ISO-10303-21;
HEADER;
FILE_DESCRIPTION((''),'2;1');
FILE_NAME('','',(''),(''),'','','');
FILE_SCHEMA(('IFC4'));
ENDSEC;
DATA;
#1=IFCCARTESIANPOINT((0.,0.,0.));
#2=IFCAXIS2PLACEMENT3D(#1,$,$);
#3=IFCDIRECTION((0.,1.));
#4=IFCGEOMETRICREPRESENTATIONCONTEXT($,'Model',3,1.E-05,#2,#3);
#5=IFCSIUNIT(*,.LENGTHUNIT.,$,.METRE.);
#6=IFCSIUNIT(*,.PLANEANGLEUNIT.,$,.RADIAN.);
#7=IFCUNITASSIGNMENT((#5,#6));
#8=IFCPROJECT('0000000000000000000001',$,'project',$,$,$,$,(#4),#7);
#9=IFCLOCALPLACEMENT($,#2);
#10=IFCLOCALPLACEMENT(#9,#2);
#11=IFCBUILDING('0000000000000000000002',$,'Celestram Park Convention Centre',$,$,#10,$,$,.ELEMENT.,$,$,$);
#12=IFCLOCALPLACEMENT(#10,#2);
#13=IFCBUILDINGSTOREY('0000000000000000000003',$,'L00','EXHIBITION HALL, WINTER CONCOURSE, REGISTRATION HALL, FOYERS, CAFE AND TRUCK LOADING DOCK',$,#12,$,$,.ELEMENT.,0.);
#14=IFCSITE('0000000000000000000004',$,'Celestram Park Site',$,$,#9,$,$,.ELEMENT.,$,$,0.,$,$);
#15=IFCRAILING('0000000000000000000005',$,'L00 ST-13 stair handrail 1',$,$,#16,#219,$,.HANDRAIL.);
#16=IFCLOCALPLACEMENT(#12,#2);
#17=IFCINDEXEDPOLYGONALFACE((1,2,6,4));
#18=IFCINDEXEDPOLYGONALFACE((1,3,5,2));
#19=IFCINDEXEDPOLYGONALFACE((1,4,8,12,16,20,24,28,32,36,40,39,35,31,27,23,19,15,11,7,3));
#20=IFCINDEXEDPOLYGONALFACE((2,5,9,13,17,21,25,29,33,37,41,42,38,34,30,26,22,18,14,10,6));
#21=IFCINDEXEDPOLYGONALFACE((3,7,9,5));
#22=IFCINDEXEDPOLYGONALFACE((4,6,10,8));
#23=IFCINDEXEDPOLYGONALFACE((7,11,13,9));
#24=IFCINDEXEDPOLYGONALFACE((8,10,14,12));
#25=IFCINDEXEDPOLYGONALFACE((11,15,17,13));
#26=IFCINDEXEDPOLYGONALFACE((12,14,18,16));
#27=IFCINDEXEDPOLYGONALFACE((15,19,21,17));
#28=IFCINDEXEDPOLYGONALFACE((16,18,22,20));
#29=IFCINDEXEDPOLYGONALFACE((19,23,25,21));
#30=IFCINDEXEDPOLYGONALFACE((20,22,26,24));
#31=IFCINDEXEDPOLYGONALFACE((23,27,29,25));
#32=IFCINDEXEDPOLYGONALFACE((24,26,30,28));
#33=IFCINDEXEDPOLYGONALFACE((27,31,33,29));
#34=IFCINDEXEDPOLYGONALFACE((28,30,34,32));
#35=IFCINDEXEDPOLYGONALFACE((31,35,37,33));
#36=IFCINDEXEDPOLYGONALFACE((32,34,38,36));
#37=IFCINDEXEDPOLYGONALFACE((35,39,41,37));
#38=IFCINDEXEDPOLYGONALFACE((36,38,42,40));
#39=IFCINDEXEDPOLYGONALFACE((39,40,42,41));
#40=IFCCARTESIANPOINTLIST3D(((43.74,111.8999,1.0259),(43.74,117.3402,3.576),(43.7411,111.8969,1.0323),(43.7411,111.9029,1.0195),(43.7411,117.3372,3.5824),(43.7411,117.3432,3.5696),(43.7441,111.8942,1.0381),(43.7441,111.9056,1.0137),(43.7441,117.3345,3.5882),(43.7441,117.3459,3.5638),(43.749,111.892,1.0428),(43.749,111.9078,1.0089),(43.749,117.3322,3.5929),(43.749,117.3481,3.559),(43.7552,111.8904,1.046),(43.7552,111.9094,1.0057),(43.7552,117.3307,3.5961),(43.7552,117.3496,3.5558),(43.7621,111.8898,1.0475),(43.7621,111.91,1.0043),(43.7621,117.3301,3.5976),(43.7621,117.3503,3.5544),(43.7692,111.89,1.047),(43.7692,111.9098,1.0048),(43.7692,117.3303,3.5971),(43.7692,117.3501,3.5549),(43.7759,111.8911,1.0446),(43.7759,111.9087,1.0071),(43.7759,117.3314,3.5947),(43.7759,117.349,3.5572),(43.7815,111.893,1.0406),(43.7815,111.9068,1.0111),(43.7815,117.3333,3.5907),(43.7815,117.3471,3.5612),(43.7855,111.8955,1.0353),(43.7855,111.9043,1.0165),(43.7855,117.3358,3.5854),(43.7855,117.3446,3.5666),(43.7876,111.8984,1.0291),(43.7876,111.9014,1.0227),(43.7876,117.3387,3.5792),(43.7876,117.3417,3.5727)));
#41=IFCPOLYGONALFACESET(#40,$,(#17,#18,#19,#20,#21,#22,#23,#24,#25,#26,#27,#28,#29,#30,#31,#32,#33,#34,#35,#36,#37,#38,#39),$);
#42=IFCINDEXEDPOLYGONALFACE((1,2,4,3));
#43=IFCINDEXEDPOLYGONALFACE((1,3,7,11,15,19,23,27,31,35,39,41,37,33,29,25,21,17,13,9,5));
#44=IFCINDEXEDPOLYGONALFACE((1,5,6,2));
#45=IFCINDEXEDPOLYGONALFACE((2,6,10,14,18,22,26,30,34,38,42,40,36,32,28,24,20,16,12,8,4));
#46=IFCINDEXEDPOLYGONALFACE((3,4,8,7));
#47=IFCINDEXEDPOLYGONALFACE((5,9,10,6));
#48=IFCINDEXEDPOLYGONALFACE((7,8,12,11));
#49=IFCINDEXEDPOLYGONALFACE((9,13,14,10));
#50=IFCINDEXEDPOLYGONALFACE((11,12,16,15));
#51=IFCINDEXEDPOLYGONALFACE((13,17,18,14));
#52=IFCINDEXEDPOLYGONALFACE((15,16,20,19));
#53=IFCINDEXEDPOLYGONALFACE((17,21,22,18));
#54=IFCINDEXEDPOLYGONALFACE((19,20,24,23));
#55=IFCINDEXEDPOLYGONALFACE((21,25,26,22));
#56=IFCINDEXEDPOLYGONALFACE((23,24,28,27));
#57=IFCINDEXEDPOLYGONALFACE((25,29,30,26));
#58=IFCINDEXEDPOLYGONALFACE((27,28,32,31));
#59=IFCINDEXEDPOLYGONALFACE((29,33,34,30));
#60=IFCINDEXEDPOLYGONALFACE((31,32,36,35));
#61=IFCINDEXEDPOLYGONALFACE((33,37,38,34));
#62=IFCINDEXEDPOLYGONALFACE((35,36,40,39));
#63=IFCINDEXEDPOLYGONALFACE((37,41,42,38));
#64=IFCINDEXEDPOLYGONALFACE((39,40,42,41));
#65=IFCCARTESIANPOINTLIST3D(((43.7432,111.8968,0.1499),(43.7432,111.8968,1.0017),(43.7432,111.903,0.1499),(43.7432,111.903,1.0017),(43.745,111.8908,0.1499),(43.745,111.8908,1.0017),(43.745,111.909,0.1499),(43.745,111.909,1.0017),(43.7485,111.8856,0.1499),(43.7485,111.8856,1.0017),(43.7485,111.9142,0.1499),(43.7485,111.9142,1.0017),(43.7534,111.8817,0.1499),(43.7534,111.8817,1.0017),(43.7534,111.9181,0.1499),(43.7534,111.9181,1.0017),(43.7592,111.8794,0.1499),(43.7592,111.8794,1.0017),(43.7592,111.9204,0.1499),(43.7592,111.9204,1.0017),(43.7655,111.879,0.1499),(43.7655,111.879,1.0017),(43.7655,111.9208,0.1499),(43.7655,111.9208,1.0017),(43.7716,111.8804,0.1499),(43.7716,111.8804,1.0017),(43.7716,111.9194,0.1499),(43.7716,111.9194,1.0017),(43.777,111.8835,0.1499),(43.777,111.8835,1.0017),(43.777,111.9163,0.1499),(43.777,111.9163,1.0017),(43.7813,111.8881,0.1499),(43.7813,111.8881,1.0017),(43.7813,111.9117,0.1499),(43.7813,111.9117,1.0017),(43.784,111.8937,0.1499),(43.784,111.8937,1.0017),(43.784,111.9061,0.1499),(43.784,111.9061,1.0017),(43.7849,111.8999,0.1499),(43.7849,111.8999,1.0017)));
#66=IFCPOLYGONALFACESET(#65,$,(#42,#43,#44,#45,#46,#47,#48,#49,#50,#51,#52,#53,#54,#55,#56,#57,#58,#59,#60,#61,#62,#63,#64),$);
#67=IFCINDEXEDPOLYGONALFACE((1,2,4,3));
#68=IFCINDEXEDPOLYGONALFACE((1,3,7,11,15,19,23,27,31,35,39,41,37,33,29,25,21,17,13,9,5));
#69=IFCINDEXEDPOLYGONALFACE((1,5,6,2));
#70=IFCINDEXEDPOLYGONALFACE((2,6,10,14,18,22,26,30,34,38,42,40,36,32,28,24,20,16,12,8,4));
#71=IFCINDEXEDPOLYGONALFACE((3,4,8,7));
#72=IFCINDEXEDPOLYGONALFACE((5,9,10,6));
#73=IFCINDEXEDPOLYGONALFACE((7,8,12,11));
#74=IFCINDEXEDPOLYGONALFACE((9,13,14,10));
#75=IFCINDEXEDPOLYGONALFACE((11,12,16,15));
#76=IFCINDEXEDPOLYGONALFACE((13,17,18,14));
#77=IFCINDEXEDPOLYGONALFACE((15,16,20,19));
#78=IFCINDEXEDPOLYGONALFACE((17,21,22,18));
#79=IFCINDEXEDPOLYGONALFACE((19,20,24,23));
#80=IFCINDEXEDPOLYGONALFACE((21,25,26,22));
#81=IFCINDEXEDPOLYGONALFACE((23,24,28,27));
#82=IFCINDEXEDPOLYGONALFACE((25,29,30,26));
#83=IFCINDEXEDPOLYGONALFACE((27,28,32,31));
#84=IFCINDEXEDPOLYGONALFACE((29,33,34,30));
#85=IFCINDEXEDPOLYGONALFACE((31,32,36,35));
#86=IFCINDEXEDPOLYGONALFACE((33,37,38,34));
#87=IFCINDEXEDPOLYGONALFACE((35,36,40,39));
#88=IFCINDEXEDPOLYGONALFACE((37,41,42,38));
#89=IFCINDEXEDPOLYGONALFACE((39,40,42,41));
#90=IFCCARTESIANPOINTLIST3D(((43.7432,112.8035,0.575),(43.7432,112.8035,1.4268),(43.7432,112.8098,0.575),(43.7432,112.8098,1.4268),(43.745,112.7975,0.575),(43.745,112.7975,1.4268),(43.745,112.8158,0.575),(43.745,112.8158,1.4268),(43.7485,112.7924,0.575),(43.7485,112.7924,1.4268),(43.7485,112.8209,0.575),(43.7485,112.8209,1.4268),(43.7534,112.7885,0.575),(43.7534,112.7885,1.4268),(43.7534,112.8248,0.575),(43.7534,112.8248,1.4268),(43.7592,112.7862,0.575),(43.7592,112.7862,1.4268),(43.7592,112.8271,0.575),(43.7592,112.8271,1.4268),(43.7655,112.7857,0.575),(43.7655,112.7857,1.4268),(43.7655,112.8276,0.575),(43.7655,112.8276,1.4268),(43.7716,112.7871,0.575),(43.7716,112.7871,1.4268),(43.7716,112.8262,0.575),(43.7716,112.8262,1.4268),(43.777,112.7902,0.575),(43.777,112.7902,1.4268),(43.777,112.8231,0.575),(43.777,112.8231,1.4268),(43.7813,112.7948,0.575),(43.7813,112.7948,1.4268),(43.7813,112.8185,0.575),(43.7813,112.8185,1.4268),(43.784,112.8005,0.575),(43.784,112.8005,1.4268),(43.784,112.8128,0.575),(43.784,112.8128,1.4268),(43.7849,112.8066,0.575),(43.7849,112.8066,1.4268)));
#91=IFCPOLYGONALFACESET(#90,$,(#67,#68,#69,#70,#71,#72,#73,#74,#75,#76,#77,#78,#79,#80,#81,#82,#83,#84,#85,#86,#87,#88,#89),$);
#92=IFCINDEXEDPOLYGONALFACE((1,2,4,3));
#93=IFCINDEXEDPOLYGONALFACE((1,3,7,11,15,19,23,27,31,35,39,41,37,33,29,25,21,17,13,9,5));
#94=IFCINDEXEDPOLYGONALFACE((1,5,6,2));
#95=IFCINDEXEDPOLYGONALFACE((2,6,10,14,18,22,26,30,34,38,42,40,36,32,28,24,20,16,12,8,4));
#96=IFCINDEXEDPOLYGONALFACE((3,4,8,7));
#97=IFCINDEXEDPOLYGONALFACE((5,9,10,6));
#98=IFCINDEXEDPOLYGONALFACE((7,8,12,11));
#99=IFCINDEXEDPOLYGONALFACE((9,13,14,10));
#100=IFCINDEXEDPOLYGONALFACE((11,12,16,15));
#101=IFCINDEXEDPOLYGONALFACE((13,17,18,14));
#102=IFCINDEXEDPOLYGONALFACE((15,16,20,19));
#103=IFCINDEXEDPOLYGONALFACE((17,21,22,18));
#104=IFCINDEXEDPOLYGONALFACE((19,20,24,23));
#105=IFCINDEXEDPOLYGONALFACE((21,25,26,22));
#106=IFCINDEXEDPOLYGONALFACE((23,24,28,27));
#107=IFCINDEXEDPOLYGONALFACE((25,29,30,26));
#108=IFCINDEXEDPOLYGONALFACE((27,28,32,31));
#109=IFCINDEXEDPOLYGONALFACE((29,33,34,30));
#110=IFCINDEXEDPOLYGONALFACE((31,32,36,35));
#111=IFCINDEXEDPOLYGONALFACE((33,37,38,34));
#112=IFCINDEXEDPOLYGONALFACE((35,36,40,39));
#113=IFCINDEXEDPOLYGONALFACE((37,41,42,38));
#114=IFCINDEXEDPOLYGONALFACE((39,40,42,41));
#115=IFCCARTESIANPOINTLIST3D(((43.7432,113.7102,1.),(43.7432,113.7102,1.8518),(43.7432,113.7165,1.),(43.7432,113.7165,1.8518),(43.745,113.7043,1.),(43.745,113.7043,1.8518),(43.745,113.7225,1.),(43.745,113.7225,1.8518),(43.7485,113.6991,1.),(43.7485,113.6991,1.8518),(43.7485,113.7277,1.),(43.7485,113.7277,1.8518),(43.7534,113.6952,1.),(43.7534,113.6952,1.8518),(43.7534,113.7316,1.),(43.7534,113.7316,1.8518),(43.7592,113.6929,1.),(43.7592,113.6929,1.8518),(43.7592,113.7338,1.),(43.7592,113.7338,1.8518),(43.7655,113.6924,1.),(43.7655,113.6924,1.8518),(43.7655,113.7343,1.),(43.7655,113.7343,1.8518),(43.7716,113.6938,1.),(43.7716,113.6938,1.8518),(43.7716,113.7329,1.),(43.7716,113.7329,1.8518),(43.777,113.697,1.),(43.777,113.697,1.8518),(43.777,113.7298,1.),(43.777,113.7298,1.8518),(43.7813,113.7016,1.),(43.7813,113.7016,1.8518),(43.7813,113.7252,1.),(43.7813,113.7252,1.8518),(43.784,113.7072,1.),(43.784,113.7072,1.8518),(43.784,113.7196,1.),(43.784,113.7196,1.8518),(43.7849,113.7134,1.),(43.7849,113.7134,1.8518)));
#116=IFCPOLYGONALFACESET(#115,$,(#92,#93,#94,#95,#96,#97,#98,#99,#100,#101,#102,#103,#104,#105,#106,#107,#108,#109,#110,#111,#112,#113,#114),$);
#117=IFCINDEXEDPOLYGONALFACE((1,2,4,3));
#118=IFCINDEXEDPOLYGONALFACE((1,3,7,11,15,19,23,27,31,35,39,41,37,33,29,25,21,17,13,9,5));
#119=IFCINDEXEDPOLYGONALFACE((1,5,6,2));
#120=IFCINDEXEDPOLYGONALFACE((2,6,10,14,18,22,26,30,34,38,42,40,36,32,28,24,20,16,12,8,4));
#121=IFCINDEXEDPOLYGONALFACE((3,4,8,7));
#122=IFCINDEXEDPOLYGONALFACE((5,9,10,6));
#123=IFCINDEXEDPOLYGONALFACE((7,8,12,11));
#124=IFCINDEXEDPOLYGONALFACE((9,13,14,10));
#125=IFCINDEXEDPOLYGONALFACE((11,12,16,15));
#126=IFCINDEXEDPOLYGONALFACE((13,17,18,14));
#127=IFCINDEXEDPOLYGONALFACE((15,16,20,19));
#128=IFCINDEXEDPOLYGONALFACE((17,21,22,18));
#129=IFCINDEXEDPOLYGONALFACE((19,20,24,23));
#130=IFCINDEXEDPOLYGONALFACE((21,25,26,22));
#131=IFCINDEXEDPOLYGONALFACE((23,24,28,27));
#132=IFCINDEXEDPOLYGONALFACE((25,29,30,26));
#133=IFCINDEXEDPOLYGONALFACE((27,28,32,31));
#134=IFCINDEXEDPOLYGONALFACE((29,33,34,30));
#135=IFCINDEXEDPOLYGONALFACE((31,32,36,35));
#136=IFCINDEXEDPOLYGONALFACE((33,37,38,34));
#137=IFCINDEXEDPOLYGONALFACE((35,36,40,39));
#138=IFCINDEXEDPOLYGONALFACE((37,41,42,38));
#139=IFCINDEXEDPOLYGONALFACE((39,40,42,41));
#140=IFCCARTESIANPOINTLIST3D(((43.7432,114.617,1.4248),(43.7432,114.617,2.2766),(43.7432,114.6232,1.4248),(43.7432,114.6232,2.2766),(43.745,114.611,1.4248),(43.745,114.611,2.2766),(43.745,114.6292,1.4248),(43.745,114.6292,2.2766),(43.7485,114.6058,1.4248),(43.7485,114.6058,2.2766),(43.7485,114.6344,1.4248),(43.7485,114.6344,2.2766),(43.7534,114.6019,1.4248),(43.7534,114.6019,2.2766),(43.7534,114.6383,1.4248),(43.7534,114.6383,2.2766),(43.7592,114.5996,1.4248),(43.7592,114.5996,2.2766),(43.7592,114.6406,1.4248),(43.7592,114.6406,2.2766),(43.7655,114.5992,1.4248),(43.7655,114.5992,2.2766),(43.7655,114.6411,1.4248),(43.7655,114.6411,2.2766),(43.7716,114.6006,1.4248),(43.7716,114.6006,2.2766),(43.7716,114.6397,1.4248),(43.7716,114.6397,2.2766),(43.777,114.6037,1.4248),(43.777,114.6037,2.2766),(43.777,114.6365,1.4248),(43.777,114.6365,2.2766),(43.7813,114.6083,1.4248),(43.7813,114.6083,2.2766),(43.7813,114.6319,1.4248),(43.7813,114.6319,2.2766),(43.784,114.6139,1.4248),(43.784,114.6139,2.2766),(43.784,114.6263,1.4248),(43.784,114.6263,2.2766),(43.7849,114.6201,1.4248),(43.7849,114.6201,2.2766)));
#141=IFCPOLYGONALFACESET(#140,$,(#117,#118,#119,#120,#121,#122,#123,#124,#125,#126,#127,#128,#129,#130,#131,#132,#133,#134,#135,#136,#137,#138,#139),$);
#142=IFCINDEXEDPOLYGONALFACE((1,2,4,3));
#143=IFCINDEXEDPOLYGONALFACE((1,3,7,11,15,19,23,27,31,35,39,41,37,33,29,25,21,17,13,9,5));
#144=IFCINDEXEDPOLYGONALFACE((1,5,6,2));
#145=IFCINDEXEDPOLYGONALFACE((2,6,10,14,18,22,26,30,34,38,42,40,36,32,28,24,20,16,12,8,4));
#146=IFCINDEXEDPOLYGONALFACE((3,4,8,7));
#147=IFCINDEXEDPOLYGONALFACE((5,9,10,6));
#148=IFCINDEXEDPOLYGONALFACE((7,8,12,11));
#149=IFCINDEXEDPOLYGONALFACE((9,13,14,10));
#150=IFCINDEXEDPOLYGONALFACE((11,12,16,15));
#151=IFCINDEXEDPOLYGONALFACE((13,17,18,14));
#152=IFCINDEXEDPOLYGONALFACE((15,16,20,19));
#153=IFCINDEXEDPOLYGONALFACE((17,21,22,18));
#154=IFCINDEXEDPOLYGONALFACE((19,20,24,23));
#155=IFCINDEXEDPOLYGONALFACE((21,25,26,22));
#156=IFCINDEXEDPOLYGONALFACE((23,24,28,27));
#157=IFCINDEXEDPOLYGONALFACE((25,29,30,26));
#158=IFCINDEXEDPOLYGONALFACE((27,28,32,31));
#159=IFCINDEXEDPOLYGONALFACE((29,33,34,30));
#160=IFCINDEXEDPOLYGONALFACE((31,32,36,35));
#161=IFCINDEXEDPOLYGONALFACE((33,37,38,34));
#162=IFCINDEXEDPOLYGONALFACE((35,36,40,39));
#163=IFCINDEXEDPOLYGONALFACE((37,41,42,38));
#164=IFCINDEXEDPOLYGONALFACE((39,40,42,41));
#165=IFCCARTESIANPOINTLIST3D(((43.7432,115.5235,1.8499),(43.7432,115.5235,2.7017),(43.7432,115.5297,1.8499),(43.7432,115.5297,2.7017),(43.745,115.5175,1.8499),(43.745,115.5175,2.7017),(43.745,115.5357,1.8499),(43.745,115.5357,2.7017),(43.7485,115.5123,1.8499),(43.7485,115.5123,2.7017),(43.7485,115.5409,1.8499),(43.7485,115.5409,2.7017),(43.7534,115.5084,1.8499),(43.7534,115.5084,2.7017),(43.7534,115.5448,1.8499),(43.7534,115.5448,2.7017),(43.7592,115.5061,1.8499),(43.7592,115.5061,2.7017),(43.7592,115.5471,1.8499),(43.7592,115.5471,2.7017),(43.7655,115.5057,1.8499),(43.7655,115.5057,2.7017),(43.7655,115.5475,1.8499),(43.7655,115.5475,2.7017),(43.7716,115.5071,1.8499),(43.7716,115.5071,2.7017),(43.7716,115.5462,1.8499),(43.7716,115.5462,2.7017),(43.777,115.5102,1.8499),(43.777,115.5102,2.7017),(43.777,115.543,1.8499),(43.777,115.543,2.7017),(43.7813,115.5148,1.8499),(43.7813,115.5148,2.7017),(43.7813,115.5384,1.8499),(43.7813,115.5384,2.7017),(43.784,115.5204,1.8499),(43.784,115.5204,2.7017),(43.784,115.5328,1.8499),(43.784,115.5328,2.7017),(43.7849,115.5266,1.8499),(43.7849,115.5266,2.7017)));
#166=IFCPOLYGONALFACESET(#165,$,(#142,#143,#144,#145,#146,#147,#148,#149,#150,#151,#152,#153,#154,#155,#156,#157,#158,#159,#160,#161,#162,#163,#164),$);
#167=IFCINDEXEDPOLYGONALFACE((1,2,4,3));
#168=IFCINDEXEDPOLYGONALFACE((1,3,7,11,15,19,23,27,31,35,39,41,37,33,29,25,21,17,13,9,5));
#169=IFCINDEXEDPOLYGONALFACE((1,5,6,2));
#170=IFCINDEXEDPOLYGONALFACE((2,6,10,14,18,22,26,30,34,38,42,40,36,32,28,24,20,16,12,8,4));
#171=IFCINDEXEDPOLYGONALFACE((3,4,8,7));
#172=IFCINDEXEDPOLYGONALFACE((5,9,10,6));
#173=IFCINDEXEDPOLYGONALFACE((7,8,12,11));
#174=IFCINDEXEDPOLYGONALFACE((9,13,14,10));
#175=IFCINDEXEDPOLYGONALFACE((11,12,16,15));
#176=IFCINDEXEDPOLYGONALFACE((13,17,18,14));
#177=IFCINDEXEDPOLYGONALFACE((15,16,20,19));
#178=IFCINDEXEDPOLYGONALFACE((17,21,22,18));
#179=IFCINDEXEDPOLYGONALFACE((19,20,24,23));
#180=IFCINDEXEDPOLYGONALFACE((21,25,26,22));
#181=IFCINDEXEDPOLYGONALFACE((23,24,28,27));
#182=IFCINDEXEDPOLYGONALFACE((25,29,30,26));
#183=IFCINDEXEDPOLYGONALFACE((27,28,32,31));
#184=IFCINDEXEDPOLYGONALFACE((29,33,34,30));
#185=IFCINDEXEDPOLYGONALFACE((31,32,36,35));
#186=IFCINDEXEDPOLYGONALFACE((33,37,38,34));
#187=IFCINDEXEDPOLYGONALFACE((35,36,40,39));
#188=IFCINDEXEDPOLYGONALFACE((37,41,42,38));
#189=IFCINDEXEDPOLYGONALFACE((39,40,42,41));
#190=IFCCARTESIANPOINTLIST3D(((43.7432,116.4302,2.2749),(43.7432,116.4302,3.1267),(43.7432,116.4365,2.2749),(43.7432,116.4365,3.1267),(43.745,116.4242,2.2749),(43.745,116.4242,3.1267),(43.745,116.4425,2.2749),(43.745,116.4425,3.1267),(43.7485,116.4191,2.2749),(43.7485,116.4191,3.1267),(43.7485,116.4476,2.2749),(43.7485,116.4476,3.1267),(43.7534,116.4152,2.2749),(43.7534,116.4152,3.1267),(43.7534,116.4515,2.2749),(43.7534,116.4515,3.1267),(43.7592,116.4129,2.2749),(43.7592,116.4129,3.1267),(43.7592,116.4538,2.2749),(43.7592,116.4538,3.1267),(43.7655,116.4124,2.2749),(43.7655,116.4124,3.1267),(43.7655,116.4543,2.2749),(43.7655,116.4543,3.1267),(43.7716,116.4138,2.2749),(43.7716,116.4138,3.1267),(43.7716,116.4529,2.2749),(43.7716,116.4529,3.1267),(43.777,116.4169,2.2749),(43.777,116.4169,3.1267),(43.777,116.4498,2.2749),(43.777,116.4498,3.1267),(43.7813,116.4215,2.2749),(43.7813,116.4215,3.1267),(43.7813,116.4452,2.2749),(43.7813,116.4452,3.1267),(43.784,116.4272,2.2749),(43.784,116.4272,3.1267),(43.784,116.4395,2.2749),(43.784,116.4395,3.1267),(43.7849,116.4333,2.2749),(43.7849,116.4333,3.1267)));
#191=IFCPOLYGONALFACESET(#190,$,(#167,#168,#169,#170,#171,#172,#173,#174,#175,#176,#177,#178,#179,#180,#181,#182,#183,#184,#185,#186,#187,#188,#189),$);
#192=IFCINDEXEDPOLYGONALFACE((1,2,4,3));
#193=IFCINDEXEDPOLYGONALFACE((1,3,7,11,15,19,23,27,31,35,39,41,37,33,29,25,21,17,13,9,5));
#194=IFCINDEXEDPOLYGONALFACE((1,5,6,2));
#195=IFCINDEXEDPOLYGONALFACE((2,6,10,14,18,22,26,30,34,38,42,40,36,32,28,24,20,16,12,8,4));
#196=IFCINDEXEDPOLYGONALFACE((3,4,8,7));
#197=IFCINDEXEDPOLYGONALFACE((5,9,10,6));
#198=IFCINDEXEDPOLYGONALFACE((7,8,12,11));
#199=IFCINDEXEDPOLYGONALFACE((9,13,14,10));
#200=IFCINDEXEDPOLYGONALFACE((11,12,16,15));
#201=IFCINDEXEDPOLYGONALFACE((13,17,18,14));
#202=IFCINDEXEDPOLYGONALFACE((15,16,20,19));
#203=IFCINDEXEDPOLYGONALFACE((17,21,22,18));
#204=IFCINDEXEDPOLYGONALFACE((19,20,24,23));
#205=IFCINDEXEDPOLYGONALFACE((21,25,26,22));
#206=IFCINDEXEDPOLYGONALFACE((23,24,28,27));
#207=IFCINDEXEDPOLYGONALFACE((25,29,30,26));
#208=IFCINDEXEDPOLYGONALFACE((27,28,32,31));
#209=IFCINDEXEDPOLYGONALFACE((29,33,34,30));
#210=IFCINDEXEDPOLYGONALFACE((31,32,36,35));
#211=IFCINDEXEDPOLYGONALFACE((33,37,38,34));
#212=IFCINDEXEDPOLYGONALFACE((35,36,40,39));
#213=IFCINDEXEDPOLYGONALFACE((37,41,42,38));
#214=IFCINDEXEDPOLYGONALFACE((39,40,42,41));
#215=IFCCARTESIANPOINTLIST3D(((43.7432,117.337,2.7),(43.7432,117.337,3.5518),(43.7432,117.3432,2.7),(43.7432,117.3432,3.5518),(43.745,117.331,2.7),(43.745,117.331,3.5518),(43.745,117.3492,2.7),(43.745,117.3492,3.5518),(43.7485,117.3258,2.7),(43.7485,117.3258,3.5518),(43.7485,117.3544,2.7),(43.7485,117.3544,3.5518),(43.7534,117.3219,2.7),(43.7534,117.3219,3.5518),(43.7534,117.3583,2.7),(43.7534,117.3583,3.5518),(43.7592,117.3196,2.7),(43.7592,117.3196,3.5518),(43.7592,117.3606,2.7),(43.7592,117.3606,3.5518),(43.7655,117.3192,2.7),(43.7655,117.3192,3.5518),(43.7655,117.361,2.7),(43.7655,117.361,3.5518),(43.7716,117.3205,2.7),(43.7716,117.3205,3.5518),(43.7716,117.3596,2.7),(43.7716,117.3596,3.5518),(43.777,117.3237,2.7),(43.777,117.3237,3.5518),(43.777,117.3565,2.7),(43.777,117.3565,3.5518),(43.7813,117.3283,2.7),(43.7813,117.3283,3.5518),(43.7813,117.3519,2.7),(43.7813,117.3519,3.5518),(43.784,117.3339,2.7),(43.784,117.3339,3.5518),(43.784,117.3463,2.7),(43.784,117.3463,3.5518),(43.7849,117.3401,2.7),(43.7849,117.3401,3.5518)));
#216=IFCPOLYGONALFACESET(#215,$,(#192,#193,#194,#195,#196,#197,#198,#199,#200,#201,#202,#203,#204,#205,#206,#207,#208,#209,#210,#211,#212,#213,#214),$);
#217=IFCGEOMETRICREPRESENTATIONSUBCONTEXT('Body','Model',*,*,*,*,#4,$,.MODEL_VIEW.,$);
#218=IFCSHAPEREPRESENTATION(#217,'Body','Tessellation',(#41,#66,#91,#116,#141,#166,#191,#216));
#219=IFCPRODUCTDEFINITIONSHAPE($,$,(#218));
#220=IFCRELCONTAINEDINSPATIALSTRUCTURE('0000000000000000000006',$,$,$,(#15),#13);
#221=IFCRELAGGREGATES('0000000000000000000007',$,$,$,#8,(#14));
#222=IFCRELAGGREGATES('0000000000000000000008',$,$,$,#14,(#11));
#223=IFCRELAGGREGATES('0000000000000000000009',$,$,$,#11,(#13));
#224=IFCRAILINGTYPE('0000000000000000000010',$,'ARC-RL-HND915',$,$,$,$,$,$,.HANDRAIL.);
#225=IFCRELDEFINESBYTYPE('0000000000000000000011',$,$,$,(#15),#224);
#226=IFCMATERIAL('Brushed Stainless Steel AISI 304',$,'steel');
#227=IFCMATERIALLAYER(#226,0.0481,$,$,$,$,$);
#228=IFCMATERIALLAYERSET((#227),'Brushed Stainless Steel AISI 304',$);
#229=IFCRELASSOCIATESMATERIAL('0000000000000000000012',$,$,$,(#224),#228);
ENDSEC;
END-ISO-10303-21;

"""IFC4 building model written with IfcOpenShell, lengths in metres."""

from ifc_helpers import new_model, si_unit, direction, frame, origin, origin_2d, place, context, subcontext, project, spatial, circle, extrude, material, layer, layer_set, type_object, element, save


model = new_model("IFC4")

# Units and contexts
model_context = context("Model", 3, precision=1e-05, world=origin(), true_north=direction((0.0, 1.0)))
body_context = subcontext(model_context, "Body", "Model", "MODEL_VIEW")
ifc_project = project(units=[si_unit("LENGTHUNIT", "METRE"), si_unit("PLANEANGLEUNIT", "RADIAN")], contexts=[model_context])

# Site, building, storey
site_placement = place(None, origin())
site = spatial("IfcSite", under=ifc_project, at=site_placement, Name="Celestram Park Site", CompositionType="ELEMENT", RefElevation=0.0)
building_placement = place(site_placement, origin())
building = spatial("IfcBuilding", under=site, at=building_placement, Name="Celestram Park Convention Centre", CompositionType="ELEMENT")
storey_placement = place(building_placement, origin())
storey = spatial("IfcBuildingStorey", under=building, at=storey_placement, Name="L00", Description="EXHIBITION HALL, WINTER CONCOURSE, REGISTRATION HALL, FOYERS, CAFE AND TRUCK LOADING DOCK", CompositionType="ELEMENT", Elevation=0.0)

# Railing
ifc_material_1 = material(Name="Brushed Stainless Steel AISI 304", Category="steel")
ifc_layer_1 = layer(ifc_material_1, 0.0481)
ifc_layer_set_1 = layer_set([ifc_layer_1], Name="Brushed Stainless Steel AISI 304")
railing_type_1 = type_object("IfcRailingType", Name="ARC-RL-HND915", PredefinedType="HANDRAIL", material=ifc_layer_set_1)
railing_1_placement = place(storey_placement, frame((43.7639, 111.8999, 0.1499)))
element("IfcRailing", 1, at=railing_1_placement, inside=storey, type_object=railing_type_1, Name="L00 ST-13 stair handrail 1", PredefinedType="HANDRAIL", context=body_context, shape_type="SweptSolid", body=[
    extrude(circle(Radius=0.0239, at=origin_2d()), frame((0.0, 0.0, 0.876), z_axis=(0.0, 0.905461, 0.424429), x_axis=(-1.0, 0.0, 0.0)), (0.0, 0.0, 1.0), 6.0083),
    extrude(circle(Radius=0.021, at=origin_2d()), origin(), (0.0, 0.0, 1.0), 0.8518),
    extrude(circle(Radius=0.021, at=origin_2d()), frame((0.0, 0.9067, 0.425)), (0.0, 0.0, 1.0), 0.8518),
    extrude(circle(Radius=0.021, at=origin_2d()), frame((0.0, 1.8135, 0.8501)), (0.0, 0.0, 1.0), 0.8518),
    extrude(circle(Radius=0.021, at=origin_2d()), frame((0.0, 2.7202, 1.2749)), (0.0, 0.0, 1.0), 0.8518),
    extrude(circle(Radius=0.021, at=origin_2d()), frame((0.0, 3.6267, 1.7)), (0.0, 0.0, 1.0), 0.8518),
    extrude(circle(Radius=0.021, at=origin_2d()), frame((0.0, 4.5334, 2.125)), (0.0, 0.0, 1.0), 0.8518),
    extrude(circle(Radius=0.021, at=origin_2d()), frame((0.0, 5.4402, 2.55)), (0.0, 0.0, 1.0), 0.8518),
])

save(model, "model.ifc")
